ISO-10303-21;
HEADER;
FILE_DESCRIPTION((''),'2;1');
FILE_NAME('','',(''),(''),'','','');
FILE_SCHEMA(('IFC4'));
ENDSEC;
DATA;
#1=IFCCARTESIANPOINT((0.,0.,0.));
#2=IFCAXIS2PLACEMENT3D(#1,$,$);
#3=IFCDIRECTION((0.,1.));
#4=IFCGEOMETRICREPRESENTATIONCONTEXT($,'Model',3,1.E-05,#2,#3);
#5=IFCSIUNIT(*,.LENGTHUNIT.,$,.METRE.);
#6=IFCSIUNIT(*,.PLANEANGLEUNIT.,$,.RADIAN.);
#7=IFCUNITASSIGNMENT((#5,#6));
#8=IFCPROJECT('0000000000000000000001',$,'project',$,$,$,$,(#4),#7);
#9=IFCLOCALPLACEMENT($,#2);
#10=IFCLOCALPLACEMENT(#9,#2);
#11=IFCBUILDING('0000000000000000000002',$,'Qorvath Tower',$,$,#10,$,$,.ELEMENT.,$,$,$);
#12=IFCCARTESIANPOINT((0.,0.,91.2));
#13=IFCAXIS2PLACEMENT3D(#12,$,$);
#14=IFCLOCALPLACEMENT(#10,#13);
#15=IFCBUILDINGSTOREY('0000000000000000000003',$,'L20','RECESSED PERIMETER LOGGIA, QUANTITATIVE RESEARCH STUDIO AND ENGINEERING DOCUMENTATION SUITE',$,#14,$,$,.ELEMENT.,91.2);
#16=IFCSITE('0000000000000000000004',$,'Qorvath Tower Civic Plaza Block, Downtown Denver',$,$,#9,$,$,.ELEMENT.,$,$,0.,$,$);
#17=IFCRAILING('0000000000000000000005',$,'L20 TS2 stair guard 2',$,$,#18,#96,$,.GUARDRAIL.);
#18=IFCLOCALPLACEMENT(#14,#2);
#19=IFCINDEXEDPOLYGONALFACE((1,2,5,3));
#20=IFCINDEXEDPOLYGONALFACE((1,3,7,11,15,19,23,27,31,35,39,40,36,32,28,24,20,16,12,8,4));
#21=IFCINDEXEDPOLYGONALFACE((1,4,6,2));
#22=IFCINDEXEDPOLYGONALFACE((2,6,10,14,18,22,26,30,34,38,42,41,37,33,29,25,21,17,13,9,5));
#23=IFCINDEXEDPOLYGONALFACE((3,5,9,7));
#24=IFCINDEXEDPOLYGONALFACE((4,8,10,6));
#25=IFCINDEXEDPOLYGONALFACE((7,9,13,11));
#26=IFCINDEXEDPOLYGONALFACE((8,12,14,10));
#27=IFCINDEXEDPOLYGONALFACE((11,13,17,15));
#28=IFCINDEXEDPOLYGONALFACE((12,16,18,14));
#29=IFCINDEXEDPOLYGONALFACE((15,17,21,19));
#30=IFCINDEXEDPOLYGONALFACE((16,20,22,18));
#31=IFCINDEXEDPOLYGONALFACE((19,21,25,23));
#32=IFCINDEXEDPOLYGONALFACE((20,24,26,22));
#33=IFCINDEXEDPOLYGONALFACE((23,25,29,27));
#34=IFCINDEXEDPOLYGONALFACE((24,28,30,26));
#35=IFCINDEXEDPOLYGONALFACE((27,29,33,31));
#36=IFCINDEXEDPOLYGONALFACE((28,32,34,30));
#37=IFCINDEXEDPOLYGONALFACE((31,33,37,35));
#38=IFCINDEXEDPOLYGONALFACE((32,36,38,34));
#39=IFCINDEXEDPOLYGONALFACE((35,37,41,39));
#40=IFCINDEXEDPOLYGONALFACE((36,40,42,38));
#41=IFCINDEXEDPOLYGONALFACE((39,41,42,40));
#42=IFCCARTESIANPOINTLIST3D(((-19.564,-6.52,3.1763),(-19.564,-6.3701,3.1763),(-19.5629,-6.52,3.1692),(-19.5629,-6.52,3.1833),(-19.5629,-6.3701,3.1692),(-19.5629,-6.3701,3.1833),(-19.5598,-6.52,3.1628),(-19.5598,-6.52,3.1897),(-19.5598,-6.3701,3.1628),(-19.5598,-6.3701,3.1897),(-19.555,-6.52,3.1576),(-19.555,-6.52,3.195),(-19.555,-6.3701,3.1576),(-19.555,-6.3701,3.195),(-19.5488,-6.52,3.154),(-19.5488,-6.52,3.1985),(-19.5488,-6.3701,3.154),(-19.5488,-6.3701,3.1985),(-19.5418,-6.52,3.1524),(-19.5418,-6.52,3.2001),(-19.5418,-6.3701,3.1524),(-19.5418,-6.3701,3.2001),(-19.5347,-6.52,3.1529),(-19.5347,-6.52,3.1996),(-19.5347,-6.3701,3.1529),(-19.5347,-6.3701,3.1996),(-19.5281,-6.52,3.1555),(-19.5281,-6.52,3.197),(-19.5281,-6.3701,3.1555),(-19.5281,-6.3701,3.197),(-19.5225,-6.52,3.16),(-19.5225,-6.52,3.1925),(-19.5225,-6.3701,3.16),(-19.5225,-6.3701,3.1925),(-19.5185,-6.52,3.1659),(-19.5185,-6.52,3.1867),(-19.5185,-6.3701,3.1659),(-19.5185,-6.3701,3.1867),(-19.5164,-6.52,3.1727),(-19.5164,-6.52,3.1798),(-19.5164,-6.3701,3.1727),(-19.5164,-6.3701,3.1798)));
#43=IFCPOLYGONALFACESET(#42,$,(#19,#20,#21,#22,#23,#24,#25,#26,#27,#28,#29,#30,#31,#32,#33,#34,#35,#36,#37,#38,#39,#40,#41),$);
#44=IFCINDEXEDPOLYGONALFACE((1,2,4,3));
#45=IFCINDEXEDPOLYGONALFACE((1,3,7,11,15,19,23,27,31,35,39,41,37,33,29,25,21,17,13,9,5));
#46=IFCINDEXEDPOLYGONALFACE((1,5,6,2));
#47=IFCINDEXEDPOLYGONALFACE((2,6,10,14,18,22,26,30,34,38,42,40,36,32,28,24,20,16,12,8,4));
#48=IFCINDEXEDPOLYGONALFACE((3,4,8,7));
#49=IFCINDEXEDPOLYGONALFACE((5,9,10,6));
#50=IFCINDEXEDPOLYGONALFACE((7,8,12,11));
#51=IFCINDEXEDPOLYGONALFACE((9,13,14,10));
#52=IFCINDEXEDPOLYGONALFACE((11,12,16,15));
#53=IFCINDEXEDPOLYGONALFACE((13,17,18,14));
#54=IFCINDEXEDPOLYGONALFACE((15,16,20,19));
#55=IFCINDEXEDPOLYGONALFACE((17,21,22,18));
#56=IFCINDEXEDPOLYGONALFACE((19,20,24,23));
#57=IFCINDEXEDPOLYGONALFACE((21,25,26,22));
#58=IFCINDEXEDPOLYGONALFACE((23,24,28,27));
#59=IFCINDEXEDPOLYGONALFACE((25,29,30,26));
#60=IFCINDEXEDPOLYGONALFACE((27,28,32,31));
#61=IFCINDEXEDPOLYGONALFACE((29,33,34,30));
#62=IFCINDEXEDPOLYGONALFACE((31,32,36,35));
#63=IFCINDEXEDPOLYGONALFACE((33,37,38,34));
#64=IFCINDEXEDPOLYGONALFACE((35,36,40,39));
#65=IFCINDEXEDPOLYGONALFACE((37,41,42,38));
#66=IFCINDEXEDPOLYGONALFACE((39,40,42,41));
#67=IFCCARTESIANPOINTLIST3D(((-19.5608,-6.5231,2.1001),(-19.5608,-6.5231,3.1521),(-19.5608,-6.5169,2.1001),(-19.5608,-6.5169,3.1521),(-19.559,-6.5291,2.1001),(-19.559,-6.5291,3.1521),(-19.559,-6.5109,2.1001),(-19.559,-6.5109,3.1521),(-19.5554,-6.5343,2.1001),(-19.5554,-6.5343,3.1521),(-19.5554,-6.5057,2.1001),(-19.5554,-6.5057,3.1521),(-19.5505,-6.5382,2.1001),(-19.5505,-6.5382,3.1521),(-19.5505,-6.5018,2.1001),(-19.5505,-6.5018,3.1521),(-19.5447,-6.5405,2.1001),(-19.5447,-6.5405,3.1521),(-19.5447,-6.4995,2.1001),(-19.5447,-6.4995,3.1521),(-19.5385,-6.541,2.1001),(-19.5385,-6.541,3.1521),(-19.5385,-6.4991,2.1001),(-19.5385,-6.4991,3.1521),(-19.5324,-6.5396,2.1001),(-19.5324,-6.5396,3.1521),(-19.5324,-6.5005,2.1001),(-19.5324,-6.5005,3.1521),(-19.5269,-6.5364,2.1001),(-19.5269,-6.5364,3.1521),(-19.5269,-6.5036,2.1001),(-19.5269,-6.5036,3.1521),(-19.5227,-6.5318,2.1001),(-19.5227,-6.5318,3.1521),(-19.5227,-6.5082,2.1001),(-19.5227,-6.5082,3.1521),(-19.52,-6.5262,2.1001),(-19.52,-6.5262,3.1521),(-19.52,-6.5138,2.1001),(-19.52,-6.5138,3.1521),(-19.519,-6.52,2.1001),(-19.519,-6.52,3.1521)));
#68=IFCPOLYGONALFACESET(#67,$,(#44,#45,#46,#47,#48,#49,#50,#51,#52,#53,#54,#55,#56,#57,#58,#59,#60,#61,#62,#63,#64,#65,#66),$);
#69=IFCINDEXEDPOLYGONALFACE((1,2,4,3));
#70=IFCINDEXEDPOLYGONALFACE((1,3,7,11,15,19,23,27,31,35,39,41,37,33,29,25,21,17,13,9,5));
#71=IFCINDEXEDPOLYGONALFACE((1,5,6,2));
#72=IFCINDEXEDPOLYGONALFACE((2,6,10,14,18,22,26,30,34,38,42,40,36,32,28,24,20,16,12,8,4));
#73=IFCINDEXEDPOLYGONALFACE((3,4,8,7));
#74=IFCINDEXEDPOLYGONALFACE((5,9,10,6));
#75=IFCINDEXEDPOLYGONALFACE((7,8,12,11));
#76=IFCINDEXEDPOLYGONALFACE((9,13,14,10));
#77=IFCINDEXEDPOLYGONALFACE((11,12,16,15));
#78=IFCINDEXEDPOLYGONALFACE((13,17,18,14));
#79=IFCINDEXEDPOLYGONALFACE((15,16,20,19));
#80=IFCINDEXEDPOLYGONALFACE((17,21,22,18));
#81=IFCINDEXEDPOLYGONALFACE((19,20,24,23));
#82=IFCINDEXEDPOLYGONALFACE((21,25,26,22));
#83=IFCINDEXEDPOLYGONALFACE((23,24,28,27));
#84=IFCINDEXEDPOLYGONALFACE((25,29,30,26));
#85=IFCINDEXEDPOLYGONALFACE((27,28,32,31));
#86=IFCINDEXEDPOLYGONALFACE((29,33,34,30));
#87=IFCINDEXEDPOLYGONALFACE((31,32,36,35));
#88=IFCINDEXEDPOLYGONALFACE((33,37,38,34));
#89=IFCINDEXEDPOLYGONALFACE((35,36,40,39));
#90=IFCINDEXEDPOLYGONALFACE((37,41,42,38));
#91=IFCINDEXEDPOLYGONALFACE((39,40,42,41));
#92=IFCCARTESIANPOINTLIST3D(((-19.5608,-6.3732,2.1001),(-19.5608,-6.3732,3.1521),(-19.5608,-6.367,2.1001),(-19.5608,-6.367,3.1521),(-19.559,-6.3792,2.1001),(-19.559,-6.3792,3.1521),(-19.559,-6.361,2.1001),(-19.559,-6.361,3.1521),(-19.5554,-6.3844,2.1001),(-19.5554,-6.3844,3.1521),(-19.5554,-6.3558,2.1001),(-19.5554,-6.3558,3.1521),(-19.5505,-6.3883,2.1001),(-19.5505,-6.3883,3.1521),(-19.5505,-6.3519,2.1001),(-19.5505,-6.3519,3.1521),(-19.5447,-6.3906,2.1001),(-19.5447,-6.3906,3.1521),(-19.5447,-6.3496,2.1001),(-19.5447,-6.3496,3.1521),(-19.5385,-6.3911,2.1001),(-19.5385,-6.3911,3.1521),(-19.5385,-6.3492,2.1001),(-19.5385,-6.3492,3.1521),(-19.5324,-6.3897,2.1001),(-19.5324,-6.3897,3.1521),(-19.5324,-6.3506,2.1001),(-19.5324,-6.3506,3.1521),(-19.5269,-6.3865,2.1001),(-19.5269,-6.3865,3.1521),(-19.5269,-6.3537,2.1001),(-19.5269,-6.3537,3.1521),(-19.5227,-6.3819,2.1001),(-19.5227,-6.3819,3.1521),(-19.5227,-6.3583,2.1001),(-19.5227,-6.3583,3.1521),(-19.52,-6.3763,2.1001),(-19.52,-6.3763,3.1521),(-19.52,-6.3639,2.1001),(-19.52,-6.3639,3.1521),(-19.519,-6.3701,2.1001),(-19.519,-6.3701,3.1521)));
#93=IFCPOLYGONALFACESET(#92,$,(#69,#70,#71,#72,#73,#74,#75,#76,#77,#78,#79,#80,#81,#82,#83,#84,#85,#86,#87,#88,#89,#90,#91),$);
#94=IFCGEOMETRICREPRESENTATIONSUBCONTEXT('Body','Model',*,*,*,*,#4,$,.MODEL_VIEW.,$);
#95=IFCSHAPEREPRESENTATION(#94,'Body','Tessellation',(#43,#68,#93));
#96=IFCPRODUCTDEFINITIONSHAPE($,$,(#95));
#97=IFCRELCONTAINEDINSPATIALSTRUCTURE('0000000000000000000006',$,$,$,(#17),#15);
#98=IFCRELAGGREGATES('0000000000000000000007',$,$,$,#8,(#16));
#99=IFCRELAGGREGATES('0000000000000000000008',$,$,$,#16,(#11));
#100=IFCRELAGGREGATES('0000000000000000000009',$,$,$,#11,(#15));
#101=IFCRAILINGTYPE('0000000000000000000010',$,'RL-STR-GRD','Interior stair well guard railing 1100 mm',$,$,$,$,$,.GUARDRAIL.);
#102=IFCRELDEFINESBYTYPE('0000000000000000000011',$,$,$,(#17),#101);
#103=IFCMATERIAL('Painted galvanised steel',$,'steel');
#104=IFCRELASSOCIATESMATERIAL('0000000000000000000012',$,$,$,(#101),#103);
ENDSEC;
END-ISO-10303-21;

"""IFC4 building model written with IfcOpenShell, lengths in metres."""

from ifc_helpers import new_model, si_unit, direction, frame, origin, origin_2d, place, context, subcontext, project, spatial, circle, extrude, material, type_object, element, save


model = new_model("IFC4")

# Units and contexts
model_context = context("Model", 3, precision=1e-05, world=origin(), true_north=direction((0.0, 1.0)))
body_context = subcontext(model_context, "Body", "Model", "MODEL_VIEW")
ifc_project = project(units=[si_unit("LENGTHUNIT", "METRE"), si_unit("PLANEANGLEUNIT", "RADIAN")], contexts=[model_context])

# Site, building, storey
site_placement = place(None, origin())
site = spatial("IfcSite", under=ifc_project, at=site_placement, Name="Qorvath Tower Civic Plaza Block, Downtown Denver", CompositionType="ELEMENT", RefElevation=0.0)
building_placement = place(site_placement, origin())
building = spatial("IfcBuilding", under=site, at=building_placement, Name="Qorvath Tower", CompositionType="ELEMENT")
storey_placement = place(building_placement, frame((0.0, 0.0, 91.2)))
storey = spatial("IfcBuildingStorey", under=building, at=storey_placement, Name="L20", Description="RECESSED PERIMETER LOGGIA, QUANTITATIVE RESEARCH STUDIO AND ENGINEERING DOCUMENTATION SUITE", CompositionType="ELEMENT", Elevation=91.2)

# Railing
ifc_material_1 = material(Name="Painted galvanised steel", Category="steel")
railing_type_1 = type_object("IfcRailingType", Name="RL-STR-GRD", Description="Interior stair well guard railing 1100 mm", PredefinedType="GUARDRAIL", material=ifc_material_1)
railing_1_placement = place(storey_placement, frame((-19.54, -6.52, 2.1001)))
element("IfcRailing", 1, at=railing_1_placement, inside=storey, type_object=railing_type_1, Name="L20 TS2 stair guard 2", PredefinedType="GUARDRAIL", context=body_context, shape_type="SweptSolid", body=[
    extrude(circle(Radius=0.0239, at=origin_2d()), frame((0.0, 0.0, 1.0762), z_axis=(0.0, 1.0, 0.0), x_axis=(-1.0, 0.0, 0.0)), (0.0, 0.0, 1.0), 0.1499),
    extrude(circle(Radius=0.021, at=origin_2d()), origin(), (0.0, 0.0, 1.0), 1.052),
    extrude(circle(Radius=0.021, at=origin_2d()), frame((0.0, 0.1499, 0.0)), (0.0, 0.0, 1.0), 1.052),
])

save(model, "model.ifc")
